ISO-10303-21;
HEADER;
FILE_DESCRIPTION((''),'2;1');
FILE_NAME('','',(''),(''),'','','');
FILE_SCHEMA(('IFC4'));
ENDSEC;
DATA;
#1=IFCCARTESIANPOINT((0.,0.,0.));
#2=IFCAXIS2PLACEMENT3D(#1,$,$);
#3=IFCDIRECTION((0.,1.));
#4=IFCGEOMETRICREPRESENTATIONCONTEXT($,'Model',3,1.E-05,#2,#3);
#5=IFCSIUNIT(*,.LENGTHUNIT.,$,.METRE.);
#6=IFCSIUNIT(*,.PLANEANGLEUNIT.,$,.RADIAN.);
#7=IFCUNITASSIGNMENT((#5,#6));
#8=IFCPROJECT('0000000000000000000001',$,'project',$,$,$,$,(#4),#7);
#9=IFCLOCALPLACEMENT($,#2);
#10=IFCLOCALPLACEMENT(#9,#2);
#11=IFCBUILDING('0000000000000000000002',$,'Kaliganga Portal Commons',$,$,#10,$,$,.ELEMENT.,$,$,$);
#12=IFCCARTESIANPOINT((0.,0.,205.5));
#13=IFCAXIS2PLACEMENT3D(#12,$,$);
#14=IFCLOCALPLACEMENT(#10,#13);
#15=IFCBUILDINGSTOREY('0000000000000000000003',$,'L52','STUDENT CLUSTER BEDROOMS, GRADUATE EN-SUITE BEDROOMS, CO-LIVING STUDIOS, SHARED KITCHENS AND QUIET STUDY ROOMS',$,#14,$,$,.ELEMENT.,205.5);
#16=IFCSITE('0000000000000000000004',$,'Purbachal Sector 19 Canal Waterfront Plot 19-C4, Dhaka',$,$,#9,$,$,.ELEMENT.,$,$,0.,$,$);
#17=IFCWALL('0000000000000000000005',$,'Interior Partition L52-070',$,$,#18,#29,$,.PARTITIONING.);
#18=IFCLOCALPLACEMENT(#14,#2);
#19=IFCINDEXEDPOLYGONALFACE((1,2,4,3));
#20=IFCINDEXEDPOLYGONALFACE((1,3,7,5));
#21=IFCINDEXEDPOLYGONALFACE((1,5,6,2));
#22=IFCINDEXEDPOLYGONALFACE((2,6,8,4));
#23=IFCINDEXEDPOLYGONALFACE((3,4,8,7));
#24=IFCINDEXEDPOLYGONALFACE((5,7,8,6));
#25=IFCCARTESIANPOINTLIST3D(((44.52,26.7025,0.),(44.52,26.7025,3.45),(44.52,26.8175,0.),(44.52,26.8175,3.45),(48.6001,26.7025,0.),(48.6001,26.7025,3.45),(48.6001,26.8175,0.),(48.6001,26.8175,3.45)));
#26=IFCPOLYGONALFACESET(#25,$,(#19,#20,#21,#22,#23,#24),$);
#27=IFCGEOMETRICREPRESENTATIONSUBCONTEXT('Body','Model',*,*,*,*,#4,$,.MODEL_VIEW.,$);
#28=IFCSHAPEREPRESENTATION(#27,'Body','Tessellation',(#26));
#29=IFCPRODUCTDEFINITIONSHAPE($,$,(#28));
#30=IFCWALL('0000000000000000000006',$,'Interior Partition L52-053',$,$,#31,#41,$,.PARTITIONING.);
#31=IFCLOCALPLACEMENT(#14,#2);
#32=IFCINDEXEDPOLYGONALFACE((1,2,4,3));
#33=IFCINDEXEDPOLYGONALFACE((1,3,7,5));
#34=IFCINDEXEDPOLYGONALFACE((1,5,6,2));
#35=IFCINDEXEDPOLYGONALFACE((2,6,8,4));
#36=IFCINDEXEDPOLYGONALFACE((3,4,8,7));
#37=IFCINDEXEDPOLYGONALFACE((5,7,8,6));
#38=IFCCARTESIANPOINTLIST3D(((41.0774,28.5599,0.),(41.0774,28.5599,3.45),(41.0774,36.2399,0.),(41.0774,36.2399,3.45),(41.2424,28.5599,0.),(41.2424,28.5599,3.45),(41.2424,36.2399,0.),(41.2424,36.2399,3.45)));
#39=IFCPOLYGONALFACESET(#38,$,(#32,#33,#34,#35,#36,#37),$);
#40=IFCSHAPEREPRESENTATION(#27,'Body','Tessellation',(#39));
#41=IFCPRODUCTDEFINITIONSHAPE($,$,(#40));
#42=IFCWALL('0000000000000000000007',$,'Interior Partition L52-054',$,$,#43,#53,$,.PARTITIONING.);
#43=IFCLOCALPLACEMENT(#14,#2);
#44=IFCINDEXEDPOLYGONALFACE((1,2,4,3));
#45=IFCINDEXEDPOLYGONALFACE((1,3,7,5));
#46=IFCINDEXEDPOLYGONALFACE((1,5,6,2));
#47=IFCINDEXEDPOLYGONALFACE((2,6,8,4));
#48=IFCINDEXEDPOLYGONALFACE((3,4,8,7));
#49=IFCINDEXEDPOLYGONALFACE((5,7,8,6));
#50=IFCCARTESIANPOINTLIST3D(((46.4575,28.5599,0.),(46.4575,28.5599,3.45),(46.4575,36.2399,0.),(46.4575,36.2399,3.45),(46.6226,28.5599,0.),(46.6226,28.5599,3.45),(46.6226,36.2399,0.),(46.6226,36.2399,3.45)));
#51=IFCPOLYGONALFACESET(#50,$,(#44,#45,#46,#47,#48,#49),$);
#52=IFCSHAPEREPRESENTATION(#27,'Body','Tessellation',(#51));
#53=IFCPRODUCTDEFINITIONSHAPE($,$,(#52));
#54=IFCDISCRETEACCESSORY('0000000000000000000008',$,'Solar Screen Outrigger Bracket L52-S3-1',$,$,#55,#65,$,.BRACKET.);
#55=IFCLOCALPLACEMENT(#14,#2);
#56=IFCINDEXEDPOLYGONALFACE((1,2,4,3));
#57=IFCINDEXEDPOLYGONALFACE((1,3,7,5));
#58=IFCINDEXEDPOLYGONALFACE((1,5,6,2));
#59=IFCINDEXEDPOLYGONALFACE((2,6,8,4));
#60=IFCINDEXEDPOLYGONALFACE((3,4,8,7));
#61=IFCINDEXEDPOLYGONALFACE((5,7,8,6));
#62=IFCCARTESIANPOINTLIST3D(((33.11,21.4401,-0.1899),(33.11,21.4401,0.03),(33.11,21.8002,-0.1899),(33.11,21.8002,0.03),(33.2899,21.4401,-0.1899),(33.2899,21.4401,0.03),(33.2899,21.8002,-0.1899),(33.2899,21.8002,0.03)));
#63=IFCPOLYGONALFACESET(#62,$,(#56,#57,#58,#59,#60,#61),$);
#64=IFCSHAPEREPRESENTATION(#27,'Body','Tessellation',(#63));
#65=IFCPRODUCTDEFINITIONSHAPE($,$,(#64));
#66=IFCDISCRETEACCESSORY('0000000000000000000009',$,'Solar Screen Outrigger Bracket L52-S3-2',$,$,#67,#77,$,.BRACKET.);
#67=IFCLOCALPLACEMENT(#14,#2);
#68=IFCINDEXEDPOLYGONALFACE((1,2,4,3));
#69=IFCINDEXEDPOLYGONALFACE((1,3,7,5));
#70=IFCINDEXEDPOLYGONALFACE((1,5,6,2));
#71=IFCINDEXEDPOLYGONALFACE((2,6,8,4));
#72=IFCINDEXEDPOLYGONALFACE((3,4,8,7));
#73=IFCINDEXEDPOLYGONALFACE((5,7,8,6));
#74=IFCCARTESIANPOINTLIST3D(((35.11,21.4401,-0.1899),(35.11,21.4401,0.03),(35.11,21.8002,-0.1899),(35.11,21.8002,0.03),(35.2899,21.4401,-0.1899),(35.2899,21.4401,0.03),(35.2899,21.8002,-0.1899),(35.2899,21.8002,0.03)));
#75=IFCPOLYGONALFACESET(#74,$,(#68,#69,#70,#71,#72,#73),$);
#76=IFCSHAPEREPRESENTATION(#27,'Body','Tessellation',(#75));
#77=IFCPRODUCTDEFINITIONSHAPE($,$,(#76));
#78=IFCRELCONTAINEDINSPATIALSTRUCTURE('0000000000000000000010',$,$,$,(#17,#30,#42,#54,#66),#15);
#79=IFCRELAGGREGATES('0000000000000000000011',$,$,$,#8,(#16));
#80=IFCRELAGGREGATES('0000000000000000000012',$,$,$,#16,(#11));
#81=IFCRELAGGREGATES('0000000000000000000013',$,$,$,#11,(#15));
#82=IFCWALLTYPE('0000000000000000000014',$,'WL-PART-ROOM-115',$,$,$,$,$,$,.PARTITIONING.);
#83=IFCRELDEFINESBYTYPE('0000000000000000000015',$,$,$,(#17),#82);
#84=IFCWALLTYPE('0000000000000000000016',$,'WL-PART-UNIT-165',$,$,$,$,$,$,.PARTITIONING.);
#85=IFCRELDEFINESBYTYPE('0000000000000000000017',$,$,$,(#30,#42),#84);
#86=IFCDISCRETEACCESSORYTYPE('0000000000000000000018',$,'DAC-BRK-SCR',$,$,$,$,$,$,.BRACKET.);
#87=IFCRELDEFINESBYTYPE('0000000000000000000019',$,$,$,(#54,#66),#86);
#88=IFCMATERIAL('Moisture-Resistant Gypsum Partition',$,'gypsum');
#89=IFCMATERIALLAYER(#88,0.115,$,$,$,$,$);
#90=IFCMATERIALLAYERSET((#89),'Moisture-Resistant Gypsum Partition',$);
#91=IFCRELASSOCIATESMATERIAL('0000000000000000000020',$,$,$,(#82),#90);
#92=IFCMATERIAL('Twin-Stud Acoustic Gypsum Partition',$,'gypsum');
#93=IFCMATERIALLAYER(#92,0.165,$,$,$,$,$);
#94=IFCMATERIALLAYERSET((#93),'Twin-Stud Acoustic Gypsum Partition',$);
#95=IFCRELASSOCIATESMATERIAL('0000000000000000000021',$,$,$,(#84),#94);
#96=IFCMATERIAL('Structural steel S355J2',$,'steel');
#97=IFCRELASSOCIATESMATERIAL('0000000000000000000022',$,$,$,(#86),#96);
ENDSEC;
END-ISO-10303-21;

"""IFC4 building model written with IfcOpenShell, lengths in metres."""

from ifc_helpers import new_model, si_unit, direction, frame, frame_2d, origin, origin_2d, place, context, subcontext, project, spatial, rectangle, extrude, source, transform, mapped, material, layer, layer_set, type_object, element, save


model = new_model("IFC4")

# Units and contexts
model_context = context("Model", 3, precision=1e-05, world=origin(), true_north=direction((0.0, 1.0)))
body_context = subcontext(model_context, "Body", "Model", "MODEL_VIEW")
ifc_project = project(units=[si_unit("LENGTHUNIT", "METRE"), si_unit("PLANEANGLEUNIT", "RADIAN")], contexts=[model_context])

# Site, building, storey
site_placement = place(None, origin())
site = spatial("IfcSite", under=ifc_project, at=site_placement, Name="Purbachal Sector 19 Canal Waterfront Plot 19-C4, Dhaka", CompositionType="ELEMENT", RefElevation=0.0)
building_placement = place(site_placement, origin())
building = spatial("IfcBuilding", under=site, at=building_placement, Name="Kaliganga Portal Commons", CompositionType="ELEMENT")
storey_placement = place(building_placement, frame((0.0, 0.0, 205.5)))
storey = spatial("IfcBuildingStorey", under=building, at=storey_placement, Name="L52", Description="STUDENT CLUSTER BEDROOMS, GRADUATE EN-SUITE BEDROOMS, CO-LIVING STUDIOS, SHARED KITCHENS AND QUIET STUDY ROOMS", CompositionType="ELEMENT", Elevation=205.5)

# Shared definitions
ifc_material_1 = material(Name="Structural steel S355J2", Category="steel")

# Walls
ifc_material_2 = material(Name="Moisture-Resistant Gypsum Partition", Category="gypsum")
ifc_layer_1 = layer(ifc_material_2, 0.115)
ifc_layer_set_1 = layer_set([ifc_layer_1], Name="Moisture-Resistant Gypsum Partition")
wall_type_1 = type_object("IfcWallType", Name="WL-PART-ROOM-115", PredefinedType="PARTITIONING", material=ifc_layer_set_1)
wall_1_placement = place(storey_placement, frame((44.52, 26.76, 0.0), z_axis=(0.0, 0.0, 1.0), x_axis=(1.0, 0.0, 0.0)))
element("IfcWall", 1, at=wall_1_placement, inside=storey, type_object=wall_type_1, Name="Interior Partition L52-070", PredefinedType="PARTITIONING", context=body_context, shape_type="SweptSolid", body=[
    extrude(rectangle(XDim=4.0801, YDim=0.115, at=frame_2d((2.04, 0.0))), origin(), (0.0, 0.0, 1.0), 3.45),
])
ifc_material_3 = material(Name="Twin-Stud Acoustic Gypsum Partition", Category="gypsum")
ifc_layer_2 = layer(ifc_material_3, 0.165)
ifc_layer_set_2 = layer_set([ifc_layer_2], Name="Twin-Stud Acoustic Gypsum Partition")
wall_type_2 = type_object("IfcWallType", Name="WL-PART-UNIT-165", PredefinedType="PARTITIONING", material=ifc_layer_set_2)
for number, where, z_axis, x_axis, name in (
    (2, (41.1599, 28.5601, 0.0), (0.0, 0.0, 1.0), (0.0, 1.0, 0.0), "Interior Partition L52-053"),
    (3, (46.54, 28.5601, 0.0), (0.0, 0.0, 1.0), (0.0, 1.0, 0.0), "Interior Partition L52-054"),
):
    element("IfcWall", number, at=place(storey_placement, frame(where, z_axis=z_axis, x_axis=x_axis)), inside=storey, type_object=wall_type_2, Name=name, PredefinedType="PARTITIONING", context=body_context, shape_type="SweptSolid", body=[
        extrude(rectangle(XDim=7.6799, YDim=0.165, at=frame_2d((3.8398, 0.0))), origin(), (0.0, 0.0, 1.0), 3.45),
    ])

# Discrete accessories
discrete_accessory_type = type_object("IfcDiscreteAccessoryType", Name="DAC-BRK-SCR", PredefinedType="BRACKET", material=ifc_material_1)
shared_shape_1 = source(origin(), body_context, "Body", "SweptSolid", [
    extrude(rectangle(XDim=0.1799, YDim=0.3601, at=origin_2d()), origin(), (0.0, 0.0, 1.0), 0.22),
])
for number, where, z_axis, x_axis, name in (
    (4, (33.2, 21.6201, -0.1899), (0.0, 0.0, 1.0), (1.0, 0.0, 0.0), "Solar Screen Outrigger Bracket L52-S3-1"),
    (5, (35.2, 21.6201, -0.1899), (0.0, 0.0, 1.0), (1.0, 0.0, 0.0), "Solar Screen Outrigger Bracket L52-S3-2"),
):
    element("IfcDiscreteAccessory", number, at=place(storey_placement, frame(where, z_axis=z_axis, x_axis=x_axis)), inside=storey, type_object=discrete_accessory_type, Name=name, PredefinedType="BRACKET", context=body_context, shape_type="MappedRepresentation", body=[
        mapped(shared_shape_1, transform((0.0, 0.0, 0.0), x_axis=(1.0, 0.0, 0.0), y_axis=(0.0, 1.0, 0.0), z_axis=(0.0, 0.0, 1.0), scale=1.0)),
    ])

save(model, "model.ifc")
